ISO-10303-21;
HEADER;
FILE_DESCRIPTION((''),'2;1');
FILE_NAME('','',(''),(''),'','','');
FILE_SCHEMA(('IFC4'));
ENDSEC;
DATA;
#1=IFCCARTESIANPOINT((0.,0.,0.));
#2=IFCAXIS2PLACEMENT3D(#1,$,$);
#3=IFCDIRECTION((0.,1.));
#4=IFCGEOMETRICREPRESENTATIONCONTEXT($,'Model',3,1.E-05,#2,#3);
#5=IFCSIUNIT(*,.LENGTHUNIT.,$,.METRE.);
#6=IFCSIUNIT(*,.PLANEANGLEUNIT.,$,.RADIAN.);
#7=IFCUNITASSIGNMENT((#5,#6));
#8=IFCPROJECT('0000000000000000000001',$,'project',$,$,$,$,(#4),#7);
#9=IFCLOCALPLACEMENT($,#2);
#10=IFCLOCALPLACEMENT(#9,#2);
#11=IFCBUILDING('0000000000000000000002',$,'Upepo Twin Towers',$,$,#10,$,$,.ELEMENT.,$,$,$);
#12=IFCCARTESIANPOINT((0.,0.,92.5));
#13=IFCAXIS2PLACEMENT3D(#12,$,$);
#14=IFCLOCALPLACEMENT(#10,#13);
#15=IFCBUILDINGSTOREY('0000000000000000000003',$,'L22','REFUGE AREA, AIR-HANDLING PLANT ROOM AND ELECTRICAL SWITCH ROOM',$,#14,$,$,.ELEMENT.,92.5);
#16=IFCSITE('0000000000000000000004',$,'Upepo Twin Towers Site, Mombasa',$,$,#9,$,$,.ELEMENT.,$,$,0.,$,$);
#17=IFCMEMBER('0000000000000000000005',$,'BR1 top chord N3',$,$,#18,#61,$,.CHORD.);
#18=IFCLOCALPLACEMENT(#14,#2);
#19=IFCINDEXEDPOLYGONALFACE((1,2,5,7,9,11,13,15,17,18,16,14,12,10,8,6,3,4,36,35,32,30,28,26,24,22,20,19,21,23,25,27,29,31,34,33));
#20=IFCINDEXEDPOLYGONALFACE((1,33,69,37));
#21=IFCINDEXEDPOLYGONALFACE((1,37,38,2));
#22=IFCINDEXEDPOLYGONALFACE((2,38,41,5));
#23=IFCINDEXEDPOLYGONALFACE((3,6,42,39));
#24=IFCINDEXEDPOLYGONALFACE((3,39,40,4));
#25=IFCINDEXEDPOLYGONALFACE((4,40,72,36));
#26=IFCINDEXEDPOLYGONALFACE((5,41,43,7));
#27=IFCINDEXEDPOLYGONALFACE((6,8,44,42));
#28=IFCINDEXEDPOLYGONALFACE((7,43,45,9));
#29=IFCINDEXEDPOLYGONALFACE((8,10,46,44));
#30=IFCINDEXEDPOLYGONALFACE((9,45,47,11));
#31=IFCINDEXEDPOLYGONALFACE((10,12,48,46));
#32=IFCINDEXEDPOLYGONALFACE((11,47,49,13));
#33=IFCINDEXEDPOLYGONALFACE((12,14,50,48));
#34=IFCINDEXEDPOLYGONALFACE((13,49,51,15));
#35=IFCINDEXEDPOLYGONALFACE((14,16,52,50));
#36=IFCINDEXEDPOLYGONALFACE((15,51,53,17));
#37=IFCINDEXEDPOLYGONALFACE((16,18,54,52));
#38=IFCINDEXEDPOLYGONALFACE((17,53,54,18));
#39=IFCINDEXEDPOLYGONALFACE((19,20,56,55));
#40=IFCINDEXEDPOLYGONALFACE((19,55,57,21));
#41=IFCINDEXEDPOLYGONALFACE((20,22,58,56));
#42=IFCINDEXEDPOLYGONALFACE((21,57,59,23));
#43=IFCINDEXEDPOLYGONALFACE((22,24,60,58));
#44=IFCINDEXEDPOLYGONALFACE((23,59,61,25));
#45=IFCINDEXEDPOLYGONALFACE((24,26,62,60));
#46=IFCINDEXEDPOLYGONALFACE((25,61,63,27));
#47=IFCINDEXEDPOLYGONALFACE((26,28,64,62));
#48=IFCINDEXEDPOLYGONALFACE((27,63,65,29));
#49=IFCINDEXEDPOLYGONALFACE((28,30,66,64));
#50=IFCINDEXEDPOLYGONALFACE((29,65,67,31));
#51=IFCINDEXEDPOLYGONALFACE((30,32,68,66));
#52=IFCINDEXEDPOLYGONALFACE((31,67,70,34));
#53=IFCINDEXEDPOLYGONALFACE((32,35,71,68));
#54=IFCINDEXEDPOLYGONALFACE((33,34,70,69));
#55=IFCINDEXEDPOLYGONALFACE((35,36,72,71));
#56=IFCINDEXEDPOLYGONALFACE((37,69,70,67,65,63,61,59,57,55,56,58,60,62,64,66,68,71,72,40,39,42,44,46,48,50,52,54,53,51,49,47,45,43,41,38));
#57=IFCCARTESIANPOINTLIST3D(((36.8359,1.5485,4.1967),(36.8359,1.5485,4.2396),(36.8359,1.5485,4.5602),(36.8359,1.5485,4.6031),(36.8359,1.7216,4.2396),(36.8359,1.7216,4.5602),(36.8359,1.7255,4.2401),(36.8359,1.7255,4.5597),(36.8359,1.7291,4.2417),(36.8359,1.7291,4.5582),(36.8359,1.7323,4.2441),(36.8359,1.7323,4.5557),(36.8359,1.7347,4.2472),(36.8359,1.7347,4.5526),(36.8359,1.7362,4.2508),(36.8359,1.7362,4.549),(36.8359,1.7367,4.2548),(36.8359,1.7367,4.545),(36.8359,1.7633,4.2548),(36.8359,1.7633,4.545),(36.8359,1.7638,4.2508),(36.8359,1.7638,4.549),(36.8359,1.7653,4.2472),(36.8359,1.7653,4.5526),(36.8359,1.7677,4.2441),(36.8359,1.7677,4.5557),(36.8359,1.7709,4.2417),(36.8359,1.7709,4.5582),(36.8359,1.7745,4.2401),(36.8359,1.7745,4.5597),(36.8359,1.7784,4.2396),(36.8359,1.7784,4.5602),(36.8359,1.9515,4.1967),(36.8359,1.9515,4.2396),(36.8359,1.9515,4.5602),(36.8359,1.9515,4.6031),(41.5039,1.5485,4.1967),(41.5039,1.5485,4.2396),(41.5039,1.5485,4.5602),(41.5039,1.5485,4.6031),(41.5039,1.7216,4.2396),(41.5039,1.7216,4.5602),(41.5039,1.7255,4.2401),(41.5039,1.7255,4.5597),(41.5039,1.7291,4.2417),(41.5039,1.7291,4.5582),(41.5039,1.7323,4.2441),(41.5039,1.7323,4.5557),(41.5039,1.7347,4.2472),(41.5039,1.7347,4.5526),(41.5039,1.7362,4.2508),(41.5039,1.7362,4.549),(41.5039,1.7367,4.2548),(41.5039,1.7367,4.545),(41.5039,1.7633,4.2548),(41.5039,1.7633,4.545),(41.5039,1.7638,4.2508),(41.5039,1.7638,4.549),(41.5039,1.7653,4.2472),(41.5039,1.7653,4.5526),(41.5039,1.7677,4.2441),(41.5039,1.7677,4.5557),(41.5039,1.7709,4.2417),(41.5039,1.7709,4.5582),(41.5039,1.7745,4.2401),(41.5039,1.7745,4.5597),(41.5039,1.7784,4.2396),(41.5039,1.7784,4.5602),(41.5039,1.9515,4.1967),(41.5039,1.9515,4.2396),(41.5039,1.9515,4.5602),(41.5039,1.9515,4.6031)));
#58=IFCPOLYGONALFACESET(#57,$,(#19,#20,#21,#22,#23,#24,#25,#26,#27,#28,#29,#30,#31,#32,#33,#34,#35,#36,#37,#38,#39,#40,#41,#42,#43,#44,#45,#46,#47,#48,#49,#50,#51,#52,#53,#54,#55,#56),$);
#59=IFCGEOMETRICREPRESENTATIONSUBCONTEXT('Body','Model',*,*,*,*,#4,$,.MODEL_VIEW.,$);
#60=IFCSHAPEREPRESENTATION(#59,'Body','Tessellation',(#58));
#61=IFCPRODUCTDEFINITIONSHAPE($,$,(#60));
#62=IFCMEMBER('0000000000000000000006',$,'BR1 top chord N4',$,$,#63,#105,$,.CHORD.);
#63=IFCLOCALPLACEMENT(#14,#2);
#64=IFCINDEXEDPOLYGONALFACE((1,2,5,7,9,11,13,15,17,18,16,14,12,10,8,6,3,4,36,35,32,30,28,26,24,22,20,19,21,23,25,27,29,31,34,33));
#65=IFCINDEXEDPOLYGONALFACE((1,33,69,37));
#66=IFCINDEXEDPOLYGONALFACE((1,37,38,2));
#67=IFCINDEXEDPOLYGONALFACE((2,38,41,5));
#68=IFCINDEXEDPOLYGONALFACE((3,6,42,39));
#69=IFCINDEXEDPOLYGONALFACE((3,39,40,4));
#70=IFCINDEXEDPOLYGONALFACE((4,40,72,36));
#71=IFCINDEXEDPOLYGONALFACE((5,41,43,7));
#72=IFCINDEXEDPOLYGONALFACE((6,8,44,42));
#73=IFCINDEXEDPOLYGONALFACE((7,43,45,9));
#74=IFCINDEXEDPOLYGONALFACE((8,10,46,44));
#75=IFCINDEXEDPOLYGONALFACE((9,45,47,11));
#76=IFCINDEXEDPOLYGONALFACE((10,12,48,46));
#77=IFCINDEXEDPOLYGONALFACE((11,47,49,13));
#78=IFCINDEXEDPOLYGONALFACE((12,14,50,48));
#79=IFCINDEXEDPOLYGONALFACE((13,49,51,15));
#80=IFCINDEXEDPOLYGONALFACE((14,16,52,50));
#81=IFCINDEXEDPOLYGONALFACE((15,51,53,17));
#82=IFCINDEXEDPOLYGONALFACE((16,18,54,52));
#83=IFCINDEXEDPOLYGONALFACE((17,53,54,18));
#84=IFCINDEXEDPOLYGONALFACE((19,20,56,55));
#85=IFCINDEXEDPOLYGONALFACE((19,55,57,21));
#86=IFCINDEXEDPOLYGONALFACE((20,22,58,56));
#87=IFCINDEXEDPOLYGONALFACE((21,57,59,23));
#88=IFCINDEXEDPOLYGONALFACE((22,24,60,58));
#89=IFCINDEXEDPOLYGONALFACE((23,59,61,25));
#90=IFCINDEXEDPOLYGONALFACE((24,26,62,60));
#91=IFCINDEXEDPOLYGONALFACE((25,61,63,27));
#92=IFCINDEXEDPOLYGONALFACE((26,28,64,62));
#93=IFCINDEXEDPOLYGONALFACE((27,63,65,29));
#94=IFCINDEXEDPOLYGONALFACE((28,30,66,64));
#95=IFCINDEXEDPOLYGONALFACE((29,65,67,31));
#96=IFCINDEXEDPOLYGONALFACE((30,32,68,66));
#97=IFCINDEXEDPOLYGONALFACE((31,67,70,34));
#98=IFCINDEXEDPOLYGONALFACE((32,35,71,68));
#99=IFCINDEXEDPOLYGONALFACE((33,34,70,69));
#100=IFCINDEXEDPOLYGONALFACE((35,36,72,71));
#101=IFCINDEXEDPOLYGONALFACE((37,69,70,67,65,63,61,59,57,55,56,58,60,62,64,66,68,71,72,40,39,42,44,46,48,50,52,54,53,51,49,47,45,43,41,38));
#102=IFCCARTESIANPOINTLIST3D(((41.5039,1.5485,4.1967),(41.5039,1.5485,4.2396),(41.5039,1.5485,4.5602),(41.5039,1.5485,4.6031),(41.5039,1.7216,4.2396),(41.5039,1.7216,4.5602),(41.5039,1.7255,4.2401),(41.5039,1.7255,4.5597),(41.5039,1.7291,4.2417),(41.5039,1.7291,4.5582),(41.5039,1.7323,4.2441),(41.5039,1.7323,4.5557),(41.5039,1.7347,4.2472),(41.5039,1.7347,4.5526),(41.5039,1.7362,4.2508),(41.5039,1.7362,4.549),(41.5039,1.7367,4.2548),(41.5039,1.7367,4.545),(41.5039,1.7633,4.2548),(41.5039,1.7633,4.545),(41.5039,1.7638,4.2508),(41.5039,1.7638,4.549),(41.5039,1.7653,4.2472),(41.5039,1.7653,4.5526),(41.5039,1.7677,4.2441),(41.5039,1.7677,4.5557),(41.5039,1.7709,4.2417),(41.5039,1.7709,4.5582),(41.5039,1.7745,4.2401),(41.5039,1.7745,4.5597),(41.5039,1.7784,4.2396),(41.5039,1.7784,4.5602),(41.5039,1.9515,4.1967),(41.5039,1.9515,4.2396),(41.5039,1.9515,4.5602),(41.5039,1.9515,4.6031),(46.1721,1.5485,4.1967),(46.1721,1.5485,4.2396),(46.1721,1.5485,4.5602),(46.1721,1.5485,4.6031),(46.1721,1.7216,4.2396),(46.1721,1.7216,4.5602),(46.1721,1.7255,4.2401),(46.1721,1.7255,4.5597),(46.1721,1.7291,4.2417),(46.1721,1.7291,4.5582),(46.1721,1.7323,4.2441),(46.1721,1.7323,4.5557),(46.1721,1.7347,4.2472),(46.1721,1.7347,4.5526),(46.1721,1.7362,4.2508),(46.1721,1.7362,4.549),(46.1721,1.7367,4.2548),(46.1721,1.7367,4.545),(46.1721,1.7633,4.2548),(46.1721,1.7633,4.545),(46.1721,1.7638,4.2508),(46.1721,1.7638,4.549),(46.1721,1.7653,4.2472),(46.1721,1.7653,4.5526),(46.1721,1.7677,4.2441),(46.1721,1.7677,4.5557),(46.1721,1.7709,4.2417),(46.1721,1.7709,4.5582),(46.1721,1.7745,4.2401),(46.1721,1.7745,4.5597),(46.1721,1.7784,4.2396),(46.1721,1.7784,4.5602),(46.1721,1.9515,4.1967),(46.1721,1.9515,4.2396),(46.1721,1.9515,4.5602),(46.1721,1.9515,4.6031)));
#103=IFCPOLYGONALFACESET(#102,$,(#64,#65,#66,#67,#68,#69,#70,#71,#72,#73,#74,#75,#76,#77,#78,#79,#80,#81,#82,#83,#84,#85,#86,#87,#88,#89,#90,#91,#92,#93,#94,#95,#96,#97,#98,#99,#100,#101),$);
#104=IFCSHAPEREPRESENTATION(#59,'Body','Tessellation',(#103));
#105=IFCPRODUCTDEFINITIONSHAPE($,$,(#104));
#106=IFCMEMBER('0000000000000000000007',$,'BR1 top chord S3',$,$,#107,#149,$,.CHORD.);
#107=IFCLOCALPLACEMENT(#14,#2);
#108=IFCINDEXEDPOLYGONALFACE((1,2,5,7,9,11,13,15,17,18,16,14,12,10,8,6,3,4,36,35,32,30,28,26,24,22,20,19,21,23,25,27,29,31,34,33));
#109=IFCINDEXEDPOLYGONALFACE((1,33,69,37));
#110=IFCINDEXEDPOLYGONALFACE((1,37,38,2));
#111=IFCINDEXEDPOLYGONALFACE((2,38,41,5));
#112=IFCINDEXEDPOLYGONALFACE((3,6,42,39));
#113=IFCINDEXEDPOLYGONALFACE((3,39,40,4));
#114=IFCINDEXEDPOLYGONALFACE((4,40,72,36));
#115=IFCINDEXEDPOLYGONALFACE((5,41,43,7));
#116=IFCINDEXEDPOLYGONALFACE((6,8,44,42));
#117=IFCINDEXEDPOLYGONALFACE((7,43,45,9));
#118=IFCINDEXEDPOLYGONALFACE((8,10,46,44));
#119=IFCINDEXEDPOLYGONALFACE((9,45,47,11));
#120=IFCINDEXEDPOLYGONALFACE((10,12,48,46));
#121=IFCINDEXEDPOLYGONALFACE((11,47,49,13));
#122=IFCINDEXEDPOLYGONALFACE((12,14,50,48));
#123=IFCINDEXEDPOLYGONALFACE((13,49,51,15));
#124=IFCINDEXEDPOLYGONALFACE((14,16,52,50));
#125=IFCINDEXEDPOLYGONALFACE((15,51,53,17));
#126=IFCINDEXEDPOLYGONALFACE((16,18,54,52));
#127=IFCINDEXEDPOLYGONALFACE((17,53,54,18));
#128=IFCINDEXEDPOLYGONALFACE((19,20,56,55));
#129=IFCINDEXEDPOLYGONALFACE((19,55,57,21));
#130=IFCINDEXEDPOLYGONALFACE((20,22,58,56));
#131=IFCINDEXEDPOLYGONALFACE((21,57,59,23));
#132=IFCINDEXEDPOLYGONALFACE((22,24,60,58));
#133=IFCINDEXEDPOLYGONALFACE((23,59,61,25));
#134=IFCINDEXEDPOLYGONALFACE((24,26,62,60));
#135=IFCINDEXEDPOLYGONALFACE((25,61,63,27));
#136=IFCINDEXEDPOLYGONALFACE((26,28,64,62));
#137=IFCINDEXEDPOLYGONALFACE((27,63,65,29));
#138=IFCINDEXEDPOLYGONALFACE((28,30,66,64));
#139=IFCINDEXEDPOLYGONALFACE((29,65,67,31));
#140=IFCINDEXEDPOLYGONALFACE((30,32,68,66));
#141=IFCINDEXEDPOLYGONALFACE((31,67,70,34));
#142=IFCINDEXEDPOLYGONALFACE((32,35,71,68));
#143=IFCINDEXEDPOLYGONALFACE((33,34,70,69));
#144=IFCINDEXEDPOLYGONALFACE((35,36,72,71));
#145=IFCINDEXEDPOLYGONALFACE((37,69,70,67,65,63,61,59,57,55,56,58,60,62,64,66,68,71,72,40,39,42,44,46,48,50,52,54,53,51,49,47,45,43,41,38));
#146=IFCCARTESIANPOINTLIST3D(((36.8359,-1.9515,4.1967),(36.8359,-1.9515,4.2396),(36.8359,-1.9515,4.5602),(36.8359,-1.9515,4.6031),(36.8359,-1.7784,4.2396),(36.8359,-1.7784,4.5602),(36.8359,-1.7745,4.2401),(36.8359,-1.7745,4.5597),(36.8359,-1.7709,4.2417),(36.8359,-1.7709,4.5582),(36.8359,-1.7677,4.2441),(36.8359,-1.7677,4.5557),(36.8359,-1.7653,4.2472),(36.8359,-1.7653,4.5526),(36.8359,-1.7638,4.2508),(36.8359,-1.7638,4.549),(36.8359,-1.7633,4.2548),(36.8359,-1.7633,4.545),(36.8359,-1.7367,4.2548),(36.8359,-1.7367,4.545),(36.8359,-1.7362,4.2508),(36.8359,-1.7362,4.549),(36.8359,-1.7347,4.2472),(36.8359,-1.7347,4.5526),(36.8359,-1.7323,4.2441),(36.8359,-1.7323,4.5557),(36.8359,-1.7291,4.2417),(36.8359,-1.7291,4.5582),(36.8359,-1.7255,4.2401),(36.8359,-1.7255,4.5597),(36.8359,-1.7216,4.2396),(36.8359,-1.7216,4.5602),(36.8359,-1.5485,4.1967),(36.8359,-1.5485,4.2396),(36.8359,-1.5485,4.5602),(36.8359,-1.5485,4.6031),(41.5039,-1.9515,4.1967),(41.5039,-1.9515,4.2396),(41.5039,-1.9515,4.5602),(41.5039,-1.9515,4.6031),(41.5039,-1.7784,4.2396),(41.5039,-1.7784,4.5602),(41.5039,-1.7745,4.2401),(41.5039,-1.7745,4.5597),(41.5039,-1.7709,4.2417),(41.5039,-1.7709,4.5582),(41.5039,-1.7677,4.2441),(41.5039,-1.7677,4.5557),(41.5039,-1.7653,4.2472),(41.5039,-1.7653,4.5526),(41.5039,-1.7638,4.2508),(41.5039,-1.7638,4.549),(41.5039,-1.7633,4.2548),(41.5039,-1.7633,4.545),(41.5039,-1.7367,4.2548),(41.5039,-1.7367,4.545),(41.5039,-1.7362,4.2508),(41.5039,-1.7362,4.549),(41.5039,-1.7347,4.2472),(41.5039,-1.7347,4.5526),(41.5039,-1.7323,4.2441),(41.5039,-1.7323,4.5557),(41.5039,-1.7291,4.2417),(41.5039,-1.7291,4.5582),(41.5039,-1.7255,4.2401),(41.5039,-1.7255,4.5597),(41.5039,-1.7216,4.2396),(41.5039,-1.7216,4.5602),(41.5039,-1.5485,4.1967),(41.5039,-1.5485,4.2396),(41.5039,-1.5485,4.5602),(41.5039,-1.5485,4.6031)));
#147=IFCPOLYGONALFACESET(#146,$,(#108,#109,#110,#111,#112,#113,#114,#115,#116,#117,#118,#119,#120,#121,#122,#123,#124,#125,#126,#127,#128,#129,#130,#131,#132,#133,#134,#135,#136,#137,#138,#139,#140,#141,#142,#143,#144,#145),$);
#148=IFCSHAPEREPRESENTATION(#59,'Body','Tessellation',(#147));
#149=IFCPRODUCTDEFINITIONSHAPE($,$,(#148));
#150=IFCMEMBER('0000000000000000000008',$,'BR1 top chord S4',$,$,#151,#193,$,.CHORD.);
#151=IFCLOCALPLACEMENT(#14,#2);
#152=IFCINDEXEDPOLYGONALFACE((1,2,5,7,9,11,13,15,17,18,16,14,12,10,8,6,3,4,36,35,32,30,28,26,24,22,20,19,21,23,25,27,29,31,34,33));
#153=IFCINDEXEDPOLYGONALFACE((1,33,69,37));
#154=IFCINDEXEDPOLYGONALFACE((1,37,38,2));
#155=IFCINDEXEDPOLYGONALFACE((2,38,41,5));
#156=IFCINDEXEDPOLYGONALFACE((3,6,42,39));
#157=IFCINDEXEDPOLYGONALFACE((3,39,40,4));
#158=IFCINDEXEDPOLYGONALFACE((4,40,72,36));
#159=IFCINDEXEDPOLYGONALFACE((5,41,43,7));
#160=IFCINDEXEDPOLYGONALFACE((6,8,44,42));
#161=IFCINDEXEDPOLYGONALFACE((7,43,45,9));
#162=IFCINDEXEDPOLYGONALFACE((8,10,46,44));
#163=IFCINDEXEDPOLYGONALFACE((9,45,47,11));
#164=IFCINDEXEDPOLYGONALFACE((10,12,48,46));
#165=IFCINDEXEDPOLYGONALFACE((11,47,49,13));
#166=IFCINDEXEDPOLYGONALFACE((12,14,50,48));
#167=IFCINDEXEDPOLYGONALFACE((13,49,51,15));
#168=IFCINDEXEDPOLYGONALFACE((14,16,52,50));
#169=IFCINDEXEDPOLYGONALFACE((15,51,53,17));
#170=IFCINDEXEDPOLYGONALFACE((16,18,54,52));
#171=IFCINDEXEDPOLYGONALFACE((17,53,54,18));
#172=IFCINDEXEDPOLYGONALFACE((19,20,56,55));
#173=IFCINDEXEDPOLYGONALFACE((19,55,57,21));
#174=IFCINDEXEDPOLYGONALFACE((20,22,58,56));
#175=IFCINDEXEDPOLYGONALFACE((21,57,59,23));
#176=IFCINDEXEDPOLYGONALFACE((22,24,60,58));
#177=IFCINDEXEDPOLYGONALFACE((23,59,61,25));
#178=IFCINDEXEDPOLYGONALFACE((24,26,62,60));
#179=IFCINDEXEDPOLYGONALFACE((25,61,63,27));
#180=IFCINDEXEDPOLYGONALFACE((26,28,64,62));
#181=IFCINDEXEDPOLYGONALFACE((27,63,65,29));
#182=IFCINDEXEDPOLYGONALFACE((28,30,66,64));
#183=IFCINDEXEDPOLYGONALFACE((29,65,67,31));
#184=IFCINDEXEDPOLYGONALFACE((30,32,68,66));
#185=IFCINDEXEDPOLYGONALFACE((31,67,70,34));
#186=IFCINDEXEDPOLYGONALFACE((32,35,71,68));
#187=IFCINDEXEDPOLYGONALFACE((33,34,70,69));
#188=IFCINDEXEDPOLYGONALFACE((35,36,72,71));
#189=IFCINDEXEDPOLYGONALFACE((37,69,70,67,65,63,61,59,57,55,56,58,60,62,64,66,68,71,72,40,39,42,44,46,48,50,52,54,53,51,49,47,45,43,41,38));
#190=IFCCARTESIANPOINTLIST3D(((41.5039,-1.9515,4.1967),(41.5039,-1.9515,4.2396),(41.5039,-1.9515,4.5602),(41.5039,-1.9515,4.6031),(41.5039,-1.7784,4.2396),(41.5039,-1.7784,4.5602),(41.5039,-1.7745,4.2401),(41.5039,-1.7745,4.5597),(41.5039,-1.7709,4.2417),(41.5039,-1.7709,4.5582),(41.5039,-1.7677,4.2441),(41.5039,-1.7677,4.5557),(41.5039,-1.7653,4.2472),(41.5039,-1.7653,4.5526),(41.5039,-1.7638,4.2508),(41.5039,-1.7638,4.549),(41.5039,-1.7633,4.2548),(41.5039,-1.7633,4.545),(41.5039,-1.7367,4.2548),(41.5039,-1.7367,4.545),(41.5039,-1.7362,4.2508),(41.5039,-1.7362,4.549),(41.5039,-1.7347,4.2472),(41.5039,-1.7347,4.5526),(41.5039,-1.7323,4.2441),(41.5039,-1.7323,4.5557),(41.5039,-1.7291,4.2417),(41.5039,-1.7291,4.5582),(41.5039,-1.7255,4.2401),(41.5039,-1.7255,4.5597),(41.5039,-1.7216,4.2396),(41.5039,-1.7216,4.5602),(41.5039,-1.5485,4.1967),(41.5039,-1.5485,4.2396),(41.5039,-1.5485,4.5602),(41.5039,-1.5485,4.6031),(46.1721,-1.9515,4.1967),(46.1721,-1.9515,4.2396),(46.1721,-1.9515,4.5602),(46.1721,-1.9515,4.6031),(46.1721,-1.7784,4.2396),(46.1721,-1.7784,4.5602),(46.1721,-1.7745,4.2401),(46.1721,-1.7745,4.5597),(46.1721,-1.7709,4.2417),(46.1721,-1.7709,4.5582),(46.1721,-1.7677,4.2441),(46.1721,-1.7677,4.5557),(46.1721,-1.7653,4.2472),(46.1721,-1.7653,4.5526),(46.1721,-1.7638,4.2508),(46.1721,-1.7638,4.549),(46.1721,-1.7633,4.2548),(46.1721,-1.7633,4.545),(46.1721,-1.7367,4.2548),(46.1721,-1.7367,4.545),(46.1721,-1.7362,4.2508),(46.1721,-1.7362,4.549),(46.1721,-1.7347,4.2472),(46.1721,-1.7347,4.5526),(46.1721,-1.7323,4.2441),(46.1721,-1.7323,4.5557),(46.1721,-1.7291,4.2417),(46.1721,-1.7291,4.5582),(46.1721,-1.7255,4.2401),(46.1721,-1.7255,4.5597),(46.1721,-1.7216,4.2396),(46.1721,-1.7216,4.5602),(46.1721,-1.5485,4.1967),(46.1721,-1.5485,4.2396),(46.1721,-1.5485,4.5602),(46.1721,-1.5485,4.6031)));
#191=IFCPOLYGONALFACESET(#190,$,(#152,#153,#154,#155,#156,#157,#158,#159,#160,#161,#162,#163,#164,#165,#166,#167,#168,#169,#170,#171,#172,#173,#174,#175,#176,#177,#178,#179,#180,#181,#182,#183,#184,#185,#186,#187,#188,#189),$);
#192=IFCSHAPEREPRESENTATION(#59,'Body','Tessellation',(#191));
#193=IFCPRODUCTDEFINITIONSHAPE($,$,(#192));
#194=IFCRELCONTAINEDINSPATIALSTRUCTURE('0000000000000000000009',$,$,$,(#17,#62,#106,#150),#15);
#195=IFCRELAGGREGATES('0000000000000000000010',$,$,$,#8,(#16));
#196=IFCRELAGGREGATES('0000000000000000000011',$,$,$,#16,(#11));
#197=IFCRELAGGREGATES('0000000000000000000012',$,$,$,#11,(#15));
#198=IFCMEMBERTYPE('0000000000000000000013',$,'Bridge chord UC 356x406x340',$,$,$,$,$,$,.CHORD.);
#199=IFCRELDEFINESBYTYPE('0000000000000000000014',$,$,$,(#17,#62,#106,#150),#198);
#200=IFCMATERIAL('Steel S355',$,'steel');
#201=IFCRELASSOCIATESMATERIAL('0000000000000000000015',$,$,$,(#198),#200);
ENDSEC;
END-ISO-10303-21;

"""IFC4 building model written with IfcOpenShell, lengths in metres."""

from ifc_helpers import new_model, si_unit, direction, frame, origin, origin_2d, place, context, subcontext, project, spatial, i_section, extrude, material, material_profile, profile_set, type_object, element, save


model = new_model("IFC4")

# Units and contexts
model_context = context("Model", 3, precision=1e-05, world=origin(), true_north=direction((0.0, 1.0)))
body_context = subcontext(model_context, "Body", "Model", "MODEL_VIEW")
ifc_project = project(units=[si_unit("LENGTHUNIT", "METRE"), si_unit("PLANEANGLEUNIT", "RADIAN")], contexts=[model_context])

# Site, building, storey
site_placement = place(None, origin())
site = spatial("IfcSite", under=ifc_project, at=site_placement, Name="Upepo Twin Towers Site, Mombasa", CompositionType="ELEMENT", RefElevation=0.0)
building_placement = place(site_placement, origin())
building = spatial("IfcBuilding", under=site, at=building_placement, Name="Upepo Twin Towers", CompositionType="ELEMENT")
storey_placement = place(building_placement, frame((0.0, 0.0, 92.5)))
storey = spatial("IfcBuildingStorey", under=building, at=storey_placement, Name="L22", Description="REFUGE AREA, AIR-HANDLING PLANT ROOM AND ELECTRICAL SWITCH ROOM", CompositionType="ELEMENT", Elevation=92.5)

# Members
ifc_material_1 = material(Name="Steel S355", Category="steel")
ifc_material_profile_1 = material_profile(ifc_material_1, i_section(OverallWidth=0.4031, OverallDepth=0.4065, WebThickness=0.0266, FlangeThickness=0.043, FilletRadius=0.0151, at=origin_2d()), Name="UC 356x406x340")
ifc_profile_set_1 = profile_set([ifc_material_profile_1], Name="Steel S355")
member_type_1 = type_object("IfcMemberType", Name="Bridge chord UC 356x406x340", PredefinedType="CHORD", material=ifc_profile_set_1)
member_1_placement = place(storey_placement, frame((36.8359, 1.75, 4.3999), z_axis=(1.0, 0.0, 0.0), x_axis=(0.0, 1.0, 0.0)))
element("IfcMember", 1, at=member_1_placement, inside=storey, type_object=member_type_1, Name="BR1 top chord N3", PredefinedType="CHORD", context=body_context, shape_type="SweptSolid", body=[
    extrude(i_section(OverallWidth=0.4031, OverallDepth=0.4065, WebThickness=0.0266, FlangeThickness=0.043, FilletRadius=0.0151, at=origin_2d()), origin(), (0.0, 0.0, 1.0), 4.668),
])
member_2_placement = place(storey_placement, frame((41.5039, 1.75, 4.3999), z_axis=(1.0, 0.0, 0.0), x_axis=(0.0, 1.0, 0.0)))
element("IfcMember", 2, at=member_2_placement, inside=storey, type_object=member_type_1, Name="BR1 top chord N4", PredefinedType="CHORD", context=body_context, shape_type="SweptSolid", body=[
    extrude(i_section(OverallWidth=0.4031, OverallDepth=0.4065, WebThickness=0.0266, FlangeThickness=0.043, FilletRadius=0.0151, at=origin_2d()), origin(), (0.0, 0.0, 1.0), 4.6682),
])
member_3_placement = place(storey_placement, frame((36.8359, -1.75, 4.3999), z_axis=(1.0, 0.0, 0.0), x_axis=(0.0, 1.0, 0.0)))
element("IfcMember", 3, at=member_3_placement, inside=storey, type_object=member_type_1, Name="BR1 top chord S3", PredefinedType="CHORD", context=body_context, shape_type="SweptSolid", body=[
    extrude(i_section(OverallWidth=0.4031, OverallDepth=0.4065, WebThickness=0.0266, FlangeThickness=0.043, FilletRadius=0.0151, at=origin_2d()), origin(), (0.0, 0.0, 1.0), 4.668),
])
member_4_placement = place(storey_placement, frame((41.5039, -1.75, 4.3999), z_axis=(1.0, 0.0, 0.0), x_axis=(0.0, 1.0, 0.0)))
element("IfcMember", 4, at=member_4_placement, inside=storey, type_object=member_type_1, Name="BR1 top chord S4", PredefinedType="CHORD", context=body_context, shape_type="SweptSolid", body=[
    extrude(i_section(OverallWidth=0.4031, OverallDepth=0.4065, WebThickness=0.0266, FlangeThickness=0.043, FilletRadius=0.0151, at=origin_2d()), origin(), (0.0, 0.0, 1.0), 4.6682),
])

save(model, "model.ifc")
